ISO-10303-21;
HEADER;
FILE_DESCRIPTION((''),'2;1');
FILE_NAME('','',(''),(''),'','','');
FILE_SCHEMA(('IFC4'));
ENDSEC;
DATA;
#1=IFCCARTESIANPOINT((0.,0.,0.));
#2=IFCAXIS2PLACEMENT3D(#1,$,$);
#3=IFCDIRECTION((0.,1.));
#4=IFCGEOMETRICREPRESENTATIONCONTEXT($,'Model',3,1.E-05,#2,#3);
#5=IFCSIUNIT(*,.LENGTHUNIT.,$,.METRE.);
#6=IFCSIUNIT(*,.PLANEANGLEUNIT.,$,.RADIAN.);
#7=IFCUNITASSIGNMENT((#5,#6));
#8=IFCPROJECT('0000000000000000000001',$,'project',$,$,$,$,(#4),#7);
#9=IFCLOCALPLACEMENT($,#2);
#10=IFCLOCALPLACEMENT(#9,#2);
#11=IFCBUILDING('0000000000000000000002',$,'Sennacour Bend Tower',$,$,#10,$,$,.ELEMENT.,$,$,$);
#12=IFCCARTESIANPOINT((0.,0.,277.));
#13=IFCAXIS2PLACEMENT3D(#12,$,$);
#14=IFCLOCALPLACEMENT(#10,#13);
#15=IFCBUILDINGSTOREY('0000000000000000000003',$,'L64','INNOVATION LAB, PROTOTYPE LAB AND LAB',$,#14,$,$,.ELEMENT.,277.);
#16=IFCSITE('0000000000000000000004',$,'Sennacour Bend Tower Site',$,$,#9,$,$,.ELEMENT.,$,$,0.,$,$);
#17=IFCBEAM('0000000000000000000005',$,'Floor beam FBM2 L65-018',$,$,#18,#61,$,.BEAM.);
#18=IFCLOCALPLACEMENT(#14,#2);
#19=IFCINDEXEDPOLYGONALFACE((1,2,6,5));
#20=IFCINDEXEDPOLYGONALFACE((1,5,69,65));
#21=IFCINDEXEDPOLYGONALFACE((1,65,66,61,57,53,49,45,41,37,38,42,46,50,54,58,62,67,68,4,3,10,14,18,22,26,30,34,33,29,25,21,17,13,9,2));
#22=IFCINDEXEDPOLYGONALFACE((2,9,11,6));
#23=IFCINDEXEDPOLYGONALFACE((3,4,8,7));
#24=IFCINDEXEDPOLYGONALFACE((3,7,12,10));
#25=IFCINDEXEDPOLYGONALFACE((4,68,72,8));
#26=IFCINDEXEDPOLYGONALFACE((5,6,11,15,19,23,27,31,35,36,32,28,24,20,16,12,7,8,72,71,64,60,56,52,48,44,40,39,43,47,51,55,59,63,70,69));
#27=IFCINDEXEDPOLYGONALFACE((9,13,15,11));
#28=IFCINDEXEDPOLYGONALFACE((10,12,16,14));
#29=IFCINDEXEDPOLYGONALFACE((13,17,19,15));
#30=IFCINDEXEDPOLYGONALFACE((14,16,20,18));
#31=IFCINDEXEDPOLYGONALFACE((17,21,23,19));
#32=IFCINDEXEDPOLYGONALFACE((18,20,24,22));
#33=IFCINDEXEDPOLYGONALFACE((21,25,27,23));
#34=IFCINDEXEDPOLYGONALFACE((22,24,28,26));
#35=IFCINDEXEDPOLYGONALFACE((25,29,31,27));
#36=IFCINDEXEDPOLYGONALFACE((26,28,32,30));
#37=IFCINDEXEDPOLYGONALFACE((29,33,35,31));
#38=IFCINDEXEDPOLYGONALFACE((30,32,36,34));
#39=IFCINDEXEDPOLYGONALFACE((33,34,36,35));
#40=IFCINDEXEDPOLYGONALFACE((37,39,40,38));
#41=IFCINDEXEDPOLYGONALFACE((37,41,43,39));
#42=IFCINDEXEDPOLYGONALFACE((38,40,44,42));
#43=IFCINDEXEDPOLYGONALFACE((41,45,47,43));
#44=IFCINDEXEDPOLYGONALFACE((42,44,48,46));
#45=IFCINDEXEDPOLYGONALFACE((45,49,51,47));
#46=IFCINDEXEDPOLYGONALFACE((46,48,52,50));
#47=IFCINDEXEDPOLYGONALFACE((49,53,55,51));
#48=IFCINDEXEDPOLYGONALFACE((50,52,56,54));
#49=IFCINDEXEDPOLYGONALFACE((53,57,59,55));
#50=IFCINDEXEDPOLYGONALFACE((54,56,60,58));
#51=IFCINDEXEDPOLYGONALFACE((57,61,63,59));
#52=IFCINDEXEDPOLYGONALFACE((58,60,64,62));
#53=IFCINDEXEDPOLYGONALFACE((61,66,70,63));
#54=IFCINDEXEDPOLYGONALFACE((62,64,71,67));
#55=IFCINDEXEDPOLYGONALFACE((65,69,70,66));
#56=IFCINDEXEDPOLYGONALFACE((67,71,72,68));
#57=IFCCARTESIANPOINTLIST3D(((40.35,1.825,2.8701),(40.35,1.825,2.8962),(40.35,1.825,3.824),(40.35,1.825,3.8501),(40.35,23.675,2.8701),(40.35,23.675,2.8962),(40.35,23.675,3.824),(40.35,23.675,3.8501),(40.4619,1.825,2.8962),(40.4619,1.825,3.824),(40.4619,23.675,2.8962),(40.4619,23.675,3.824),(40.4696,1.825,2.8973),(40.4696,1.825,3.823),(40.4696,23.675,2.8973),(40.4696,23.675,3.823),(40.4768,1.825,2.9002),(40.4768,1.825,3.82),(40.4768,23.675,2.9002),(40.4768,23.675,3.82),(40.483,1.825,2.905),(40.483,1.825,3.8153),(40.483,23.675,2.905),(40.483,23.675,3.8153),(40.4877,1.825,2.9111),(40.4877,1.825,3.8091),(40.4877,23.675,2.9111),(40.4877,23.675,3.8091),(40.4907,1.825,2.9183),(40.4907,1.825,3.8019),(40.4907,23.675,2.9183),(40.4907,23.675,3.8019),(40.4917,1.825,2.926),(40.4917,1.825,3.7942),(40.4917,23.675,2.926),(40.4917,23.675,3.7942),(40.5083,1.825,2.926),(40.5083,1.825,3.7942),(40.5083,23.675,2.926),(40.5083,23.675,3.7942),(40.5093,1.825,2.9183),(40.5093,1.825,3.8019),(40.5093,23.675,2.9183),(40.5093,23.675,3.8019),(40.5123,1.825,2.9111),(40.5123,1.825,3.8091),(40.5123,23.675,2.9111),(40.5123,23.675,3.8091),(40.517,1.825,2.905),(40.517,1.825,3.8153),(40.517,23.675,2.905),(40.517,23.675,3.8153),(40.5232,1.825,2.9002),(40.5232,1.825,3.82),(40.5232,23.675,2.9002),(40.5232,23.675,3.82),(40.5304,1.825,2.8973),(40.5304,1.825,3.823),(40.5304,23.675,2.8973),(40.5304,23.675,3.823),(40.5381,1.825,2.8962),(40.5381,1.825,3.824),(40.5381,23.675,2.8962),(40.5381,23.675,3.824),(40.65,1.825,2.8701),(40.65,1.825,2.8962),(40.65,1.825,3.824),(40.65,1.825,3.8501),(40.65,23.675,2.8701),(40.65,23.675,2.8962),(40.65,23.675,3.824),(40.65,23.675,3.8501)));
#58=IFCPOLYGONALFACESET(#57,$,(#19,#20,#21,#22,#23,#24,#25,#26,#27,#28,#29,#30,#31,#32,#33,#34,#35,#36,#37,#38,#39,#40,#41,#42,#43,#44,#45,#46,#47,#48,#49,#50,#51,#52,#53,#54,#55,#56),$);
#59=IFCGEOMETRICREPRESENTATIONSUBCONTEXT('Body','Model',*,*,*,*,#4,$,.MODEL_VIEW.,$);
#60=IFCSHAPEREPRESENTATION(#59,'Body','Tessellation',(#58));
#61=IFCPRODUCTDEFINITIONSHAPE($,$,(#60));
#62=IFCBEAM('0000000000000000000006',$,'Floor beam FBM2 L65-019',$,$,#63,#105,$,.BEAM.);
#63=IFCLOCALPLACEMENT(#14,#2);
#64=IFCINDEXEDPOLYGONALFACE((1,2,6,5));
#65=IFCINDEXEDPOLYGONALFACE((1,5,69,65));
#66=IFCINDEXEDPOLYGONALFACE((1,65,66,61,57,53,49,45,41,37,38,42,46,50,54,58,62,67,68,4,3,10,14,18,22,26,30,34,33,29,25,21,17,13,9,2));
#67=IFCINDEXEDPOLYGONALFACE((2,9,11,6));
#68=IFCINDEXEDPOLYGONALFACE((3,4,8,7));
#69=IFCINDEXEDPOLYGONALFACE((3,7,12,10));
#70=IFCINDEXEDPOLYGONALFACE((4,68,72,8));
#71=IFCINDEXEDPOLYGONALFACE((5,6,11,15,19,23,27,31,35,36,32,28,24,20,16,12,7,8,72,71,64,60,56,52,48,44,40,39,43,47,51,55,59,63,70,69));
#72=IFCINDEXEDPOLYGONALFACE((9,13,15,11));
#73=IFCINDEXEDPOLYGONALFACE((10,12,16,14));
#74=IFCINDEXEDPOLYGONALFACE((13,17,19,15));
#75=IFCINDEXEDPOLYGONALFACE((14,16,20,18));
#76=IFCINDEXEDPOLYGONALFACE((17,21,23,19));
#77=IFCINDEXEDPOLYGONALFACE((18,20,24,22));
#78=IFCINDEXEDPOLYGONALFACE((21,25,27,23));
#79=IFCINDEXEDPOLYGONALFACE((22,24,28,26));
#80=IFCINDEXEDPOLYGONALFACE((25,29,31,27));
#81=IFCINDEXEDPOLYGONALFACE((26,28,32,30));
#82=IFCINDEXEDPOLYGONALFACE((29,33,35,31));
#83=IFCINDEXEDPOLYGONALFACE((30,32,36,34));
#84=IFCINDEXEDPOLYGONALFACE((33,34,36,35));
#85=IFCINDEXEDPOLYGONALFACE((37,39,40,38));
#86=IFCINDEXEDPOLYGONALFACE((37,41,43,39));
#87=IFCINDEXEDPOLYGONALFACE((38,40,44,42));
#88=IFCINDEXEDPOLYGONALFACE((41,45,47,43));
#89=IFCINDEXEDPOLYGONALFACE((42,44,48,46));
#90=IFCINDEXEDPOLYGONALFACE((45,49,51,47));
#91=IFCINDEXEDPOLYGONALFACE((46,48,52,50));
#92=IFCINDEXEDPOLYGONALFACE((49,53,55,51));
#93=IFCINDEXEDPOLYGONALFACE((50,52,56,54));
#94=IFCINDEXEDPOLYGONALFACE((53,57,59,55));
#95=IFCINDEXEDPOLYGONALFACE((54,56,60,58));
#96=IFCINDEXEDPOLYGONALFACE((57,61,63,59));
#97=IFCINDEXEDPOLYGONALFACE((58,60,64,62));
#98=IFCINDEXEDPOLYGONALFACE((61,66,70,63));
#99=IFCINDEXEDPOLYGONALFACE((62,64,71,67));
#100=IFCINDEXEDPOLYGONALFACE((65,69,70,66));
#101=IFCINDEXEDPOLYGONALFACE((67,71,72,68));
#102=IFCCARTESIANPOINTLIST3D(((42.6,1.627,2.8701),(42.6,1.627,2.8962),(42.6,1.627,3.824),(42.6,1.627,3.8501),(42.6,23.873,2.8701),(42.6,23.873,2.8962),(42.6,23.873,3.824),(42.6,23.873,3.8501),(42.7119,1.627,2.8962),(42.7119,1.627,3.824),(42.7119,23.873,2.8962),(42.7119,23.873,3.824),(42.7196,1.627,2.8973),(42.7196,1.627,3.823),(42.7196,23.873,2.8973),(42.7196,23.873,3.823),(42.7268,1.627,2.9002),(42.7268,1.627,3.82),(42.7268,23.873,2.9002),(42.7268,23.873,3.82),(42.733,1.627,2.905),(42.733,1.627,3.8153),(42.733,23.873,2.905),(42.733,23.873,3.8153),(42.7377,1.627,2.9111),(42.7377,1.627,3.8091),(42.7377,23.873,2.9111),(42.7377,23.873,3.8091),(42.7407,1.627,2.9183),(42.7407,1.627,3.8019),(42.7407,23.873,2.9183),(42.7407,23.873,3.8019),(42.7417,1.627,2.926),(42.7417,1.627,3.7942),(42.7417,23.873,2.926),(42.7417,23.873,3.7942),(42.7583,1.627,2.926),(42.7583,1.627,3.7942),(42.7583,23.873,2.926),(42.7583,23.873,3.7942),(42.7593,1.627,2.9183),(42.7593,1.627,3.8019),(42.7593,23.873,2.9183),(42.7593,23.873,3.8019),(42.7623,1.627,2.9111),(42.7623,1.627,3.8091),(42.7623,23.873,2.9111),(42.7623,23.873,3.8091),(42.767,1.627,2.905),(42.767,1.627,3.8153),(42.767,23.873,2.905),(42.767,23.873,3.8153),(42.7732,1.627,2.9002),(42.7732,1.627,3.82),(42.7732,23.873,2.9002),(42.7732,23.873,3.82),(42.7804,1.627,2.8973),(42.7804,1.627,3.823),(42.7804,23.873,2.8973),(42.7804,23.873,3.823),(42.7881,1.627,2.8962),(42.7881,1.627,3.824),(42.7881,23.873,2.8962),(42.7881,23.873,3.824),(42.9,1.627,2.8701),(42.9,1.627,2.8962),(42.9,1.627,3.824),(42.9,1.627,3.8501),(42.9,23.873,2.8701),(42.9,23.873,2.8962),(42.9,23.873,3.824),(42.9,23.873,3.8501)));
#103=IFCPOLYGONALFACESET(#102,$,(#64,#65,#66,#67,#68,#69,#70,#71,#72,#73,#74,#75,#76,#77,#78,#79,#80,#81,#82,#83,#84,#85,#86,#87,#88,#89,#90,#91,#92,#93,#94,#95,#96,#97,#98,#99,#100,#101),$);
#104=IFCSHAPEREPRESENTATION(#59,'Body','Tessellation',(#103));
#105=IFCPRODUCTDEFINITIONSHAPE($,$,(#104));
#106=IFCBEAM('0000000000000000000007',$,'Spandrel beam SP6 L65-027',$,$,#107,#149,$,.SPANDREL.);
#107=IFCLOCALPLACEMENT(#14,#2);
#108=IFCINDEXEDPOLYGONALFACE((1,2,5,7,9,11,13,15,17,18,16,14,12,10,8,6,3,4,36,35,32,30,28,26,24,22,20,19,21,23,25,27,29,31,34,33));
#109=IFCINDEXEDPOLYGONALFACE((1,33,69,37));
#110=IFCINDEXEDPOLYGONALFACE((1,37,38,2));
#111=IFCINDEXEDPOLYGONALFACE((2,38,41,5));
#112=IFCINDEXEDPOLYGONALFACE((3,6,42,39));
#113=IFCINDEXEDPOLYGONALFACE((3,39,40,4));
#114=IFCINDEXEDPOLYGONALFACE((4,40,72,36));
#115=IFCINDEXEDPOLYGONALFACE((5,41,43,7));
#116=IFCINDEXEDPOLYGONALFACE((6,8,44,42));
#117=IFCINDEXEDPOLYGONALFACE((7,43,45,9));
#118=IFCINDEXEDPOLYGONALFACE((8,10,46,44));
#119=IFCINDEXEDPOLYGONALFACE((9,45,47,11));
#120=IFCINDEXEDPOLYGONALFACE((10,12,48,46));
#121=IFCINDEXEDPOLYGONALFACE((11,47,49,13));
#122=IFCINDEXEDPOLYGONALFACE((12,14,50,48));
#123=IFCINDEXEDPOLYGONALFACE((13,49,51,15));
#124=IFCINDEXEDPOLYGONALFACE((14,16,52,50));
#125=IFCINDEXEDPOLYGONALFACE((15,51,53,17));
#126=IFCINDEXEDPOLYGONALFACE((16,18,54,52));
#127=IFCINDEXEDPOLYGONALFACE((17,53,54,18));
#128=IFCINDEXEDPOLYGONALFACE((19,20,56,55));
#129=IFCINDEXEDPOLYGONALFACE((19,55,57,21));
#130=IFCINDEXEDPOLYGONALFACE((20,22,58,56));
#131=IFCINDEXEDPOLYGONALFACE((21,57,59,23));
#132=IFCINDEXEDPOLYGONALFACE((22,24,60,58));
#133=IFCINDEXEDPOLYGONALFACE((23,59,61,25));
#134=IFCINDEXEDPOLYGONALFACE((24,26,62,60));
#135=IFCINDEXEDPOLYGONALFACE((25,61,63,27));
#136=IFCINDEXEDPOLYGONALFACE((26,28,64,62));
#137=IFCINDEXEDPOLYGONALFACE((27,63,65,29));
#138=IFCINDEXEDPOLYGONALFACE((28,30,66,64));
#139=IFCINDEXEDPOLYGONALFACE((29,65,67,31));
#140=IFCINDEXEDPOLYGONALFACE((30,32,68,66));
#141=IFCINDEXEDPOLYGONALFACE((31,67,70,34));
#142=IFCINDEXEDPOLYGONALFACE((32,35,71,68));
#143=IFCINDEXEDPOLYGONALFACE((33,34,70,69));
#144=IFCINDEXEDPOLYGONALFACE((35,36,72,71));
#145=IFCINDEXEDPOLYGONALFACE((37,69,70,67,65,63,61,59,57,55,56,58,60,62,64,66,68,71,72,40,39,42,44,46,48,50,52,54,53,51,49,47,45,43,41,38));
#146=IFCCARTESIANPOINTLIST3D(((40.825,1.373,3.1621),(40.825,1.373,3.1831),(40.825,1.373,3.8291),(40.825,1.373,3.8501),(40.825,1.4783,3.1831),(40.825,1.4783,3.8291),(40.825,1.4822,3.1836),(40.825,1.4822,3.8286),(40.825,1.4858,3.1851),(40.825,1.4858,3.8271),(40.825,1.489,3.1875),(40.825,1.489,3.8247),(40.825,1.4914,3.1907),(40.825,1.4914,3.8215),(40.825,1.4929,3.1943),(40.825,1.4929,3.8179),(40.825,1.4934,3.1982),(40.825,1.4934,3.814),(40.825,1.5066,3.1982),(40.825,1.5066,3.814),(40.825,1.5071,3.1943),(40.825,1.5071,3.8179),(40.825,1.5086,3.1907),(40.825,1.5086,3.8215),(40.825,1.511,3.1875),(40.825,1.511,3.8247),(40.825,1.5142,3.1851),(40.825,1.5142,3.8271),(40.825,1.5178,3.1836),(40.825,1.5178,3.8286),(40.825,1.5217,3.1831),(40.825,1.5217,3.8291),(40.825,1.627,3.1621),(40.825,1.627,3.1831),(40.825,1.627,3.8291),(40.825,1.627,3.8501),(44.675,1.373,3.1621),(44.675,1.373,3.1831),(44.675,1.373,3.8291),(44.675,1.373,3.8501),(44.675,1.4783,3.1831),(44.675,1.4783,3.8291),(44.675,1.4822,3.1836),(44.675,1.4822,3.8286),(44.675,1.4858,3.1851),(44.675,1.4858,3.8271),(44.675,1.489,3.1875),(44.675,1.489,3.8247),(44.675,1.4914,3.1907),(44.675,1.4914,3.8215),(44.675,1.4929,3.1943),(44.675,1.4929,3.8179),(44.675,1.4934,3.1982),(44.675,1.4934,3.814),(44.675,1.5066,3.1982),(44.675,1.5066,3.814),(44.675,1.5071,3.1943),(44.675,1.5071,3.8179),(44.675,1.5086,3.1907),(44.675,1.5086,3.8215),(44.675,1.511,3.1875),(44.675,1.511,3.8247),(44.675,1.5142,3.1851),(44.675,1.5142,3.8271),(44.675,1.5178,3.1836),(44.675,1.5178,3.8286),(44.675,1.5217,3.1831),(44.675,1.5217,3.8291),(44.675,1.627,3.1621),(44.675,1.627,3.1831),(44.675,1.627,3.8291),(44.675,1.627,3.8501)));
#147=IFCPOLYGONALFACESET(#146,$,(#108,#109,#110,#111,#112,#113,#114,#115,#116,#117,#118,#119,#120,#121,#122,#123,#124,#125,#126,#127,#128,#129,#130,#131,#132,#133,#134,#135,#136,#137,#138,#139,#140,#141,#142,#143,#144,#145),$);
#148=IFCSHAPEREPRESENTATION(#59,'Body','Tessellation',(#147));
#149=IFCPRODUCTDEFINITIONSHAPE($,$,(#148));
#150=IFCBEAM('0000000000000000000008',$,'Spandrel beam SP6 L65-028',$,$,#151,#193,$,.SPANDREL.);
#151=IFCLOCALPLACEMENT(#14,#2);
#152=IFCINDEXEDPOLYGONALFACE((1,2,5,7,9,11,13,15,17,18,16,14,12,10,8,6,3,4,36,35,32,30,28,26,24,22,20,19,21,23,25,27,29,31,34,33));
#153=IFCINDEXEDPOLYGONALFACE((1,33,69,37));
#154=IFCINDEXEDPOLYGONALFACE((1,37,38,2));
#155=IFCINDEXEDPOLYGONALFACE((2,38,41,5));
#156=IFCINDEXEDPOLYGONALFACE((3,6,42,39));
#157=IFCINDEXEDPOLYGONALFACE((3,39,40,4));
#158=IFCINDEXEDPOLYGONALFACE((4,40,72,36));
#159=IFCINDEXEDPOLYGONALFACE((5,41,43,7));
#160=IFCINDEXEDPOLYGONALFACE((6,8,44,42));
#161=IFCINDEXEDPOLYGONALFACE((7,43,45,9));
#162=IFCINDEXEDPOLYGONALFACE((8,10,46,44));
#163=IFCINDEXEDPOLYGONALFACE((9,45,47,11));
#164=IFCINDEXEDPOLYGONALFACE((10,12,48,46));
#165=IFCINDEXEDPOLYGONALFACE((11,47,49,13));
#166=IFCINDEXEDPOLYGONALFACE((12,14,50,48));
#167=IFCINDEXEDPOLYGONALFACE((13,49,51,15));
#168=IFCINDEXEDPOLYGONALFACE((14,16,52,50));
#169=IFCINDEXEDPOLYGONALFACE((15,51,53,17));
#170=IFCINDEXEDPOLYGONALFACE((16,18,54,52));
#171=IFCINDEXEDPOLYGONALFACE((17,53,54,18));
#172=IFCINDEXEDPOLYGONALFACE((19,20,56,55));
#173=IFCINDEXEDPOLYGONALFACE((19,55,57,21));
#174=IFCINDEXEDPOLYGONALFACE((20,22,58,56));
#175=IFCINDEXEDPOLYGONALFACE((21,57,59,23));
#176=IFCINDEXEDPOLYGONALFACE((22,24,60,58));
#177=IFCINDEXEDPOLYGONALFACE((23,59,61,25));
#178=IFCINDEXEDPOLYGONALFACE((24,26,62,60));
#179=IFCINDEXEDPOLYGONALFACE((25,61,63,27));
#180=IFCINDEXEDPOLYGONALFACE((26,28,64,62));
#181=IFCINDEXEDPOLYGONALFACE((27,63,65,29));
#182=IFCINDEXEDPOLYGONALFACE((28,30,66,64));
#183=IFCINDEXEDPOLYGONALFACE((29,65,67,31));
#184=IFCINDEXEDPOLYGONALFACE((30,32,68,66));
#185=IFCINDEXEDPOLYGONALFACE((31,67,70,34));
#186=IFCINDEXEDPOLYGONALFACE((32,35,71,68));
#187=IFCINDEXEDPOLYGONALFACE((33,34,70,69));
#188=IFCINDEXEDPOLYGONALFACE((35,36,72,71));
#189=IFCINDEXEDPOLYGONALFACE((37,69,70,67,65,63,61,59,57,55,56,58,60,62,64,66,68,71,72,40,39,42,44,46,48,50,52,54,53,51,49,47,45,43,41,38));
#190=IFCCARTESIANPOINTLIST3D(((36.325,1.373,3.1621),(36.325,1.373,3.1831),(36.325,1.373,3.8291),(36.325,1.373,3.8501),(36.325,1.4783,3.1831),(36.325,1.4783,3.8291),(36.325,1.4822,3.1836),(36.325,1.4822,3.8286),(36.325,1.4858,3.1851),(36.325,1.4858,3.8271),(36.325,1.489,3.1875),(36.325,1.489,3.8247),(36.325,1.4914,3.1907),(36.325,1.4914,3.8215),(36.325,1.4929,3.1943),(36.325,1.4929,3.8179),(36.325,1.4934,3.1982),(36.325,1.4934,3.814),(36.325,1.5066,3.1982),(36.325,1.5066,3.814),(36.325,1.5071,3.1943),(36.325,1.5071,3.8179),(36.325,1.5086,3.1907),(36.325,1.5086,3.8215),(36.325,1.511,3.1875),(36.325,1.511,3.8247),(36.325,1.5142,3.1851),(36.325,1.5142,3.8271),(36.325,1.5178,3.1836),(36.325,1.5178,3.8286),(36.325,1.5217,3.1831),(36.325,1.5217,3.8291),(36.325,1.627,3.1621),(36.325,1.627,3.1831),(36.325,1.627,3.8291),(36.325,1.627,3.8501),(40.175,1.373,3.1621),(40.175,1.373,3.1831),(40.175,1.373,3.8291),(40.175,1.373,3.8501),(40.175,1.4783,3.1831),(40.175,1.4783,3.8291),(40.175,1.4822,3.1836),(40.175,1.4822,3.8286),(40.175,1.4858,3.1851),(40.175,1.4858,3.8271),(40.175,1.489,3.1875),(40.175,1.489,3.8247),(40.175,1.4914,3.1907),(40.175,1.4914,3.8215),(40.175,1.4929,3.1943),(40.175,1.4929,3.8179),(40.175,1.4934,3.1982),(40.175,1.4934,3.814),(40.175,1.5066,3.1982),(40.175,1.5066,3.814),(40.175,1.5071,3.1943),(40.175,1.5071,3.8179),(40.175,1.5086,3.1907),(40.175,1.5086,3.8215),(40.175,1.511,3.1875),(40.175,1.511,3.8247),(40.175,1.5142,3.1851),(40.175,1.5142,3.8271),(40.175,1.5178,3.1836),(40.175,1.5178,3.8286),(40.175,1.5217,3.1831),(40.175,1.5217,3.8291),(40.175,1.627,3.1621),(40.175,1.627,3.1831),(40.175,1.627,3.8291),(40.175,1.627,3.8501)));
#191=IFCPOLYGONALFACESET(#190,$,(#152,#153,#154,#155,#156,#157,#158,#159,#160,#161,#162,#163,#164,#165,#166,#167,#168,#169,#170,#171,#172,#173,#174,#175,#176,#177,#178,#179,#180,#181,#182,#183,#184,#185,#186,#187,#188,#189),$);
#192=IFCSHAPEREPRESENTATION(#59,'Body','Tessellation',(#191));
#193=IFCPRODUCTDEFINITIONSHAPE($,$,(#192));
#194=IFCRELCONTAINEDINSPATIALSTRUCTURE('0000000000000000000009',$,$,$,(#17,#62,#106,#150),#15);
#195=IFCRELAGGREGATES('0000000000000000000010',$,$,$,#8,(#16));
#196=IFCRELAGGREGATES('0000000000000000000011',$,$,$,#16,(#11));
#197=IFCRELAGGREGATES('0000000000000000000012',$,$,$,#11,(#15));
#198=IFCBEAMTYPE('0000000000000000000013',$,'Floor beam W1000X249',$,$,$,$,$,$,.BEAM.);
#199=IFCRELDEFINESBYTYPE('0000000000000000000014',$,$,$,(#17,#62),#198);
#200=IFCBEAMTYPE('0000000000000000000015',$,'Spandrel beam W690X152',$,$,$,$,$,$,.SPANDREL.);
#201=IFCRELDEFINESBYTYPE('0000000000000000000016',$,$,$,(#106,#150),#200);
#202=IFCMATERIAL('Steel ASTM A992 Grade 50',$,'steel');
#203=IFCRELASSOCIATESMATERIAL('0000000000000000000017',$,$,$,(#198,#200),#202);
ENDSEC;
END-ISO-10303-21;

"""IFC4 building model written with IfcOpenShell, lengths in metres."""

from ifc_helpers import new_model, si_unit, direction, frame, origin, origin_2d, place, context, subcontext, project, spatial, i_section, extrude, material, material_profile, profile_set, type_object, element, save


model = new_model("IFC4")

# Units and contexts
model_context = context("Model", 3, precision=1e-05, world=origin(), true_north=direction((0.0, 1.0)))
body_context = subcontext(model_context, "Body", "Model", "MODEL_VIEW")
ifc_project = project(units=[si_unit("LENGTHUNIT", "METRE"), si_unit("PLANEANGLEUNIT", "RADIAN")], contexts=[model_context])

# Site, building, storey
site_placement = place(None, origin())
site = spatial("IfcSite", under=ifc_project, at=site_placement, Name="Sennacour Bend Tower Site", CompositionType="ELEMENT", RefElevation=0.0)
building_placement = place(site_placement, origin())
building = spatial("IfcBuilding", under=site, at=building_placement, Name="Sennacour Bend Tower", CompositionType="ELEMENT")
storey_placement = place(building_placement, frame((0.0, 0.0, 277.0)))
storey = spatial("IfcBuildingStorey", under=building, at=storey_placement, Name="L64", Description="INNOVATION LAB, PROTOTYPE LAB AND LAB", CompositionType="ELEMENT", Elevation=277.0)

# Beams
ifc_material_1 = material(Name="Steel ASTM A992 Grade 50", Category="steel")
ifc_material_profile_1 = material_profile(ifc_material_1, i_section(OverallWidth=0.3, OverallDepth=0.98, WebThickness=0.0166, FlangeThickness=0.0261, FilletRadius=0.0298, at=origin_2d()), Name="Steel ASTM A992 Grade 50", Category="steel")
ifc_profile_set_1 = profile_set([ifc_material_profile_1], Name="Steel ASTM A992 Grade 50")
beam_type_1 = type_object("IfcBeamType", Name="Floor beam W1000X249", PredefinedType="BEAM", material=ifc_profile_set_1)
beam_1_placement = place(storey_placement, frame((40.5, 1.825, 3.3601), z_axis=(0.0, 1.0, 0.0), x_axis=(-1.0, 0.0, 0.0)))
element("IfcBeam", 1, at=beam_1_placement, inside=storey, type_object=beam_type_1, Name="Floor beam FBM2 L65-018", PredefinedType="BEAM", context=body_context, shape_type="SweptSolid", body=[
    extrude(i_section(OverallWidth=0.3, OverallDepth=0.98, WebThickness=0.0166, FlangeThickness=0.0261, FilletRadius=0.0298, at=origin_2d()), origin(), (0.0, 0.0, 1.0), 21.8501),
])
beam_2_placement = place(storey_placement, frame((42.75, 1.627, 3.3601), z_axis=(0.0, 1.0, 0.0), x_axis=(-1.0, 0.0, 0.0)))
element("IfcBeam", 2, at=beam_2_placement, inside=storey, type_object=beam_type_1, Name="Floor beam FBM2 L65-019", PredefinedType="BEAM", context=body_context, shape_type="SweptSolid", body=[
    extrude(i_section(OverallWidth=0.3, OverallDepth=0.98, WebThickness=0.0166, FlangeThickness=0.0261, FilletRadius=0.0298, at=origin_2d()), origin(), (0.0, 0.0, 1.0), 22.2461),
])
ifc_material_profile_2 = material_profile(ifc_material_1, i_section(OverallWidth=0.2539, OverallDepth=0.688, WebThickness=0.0132, FlangeThickness=0.021, FilletRadius=0.0151, at=origin_2d()), Name="Steel ASTM A992 Grade 50", Category="steel")
ifc_profile_set_2 = profile_set([ifc_material_profile_2], Name="Steel ASTM A992 Grade 50")
beam_type_2 = type_object("IfcBeamType", Name="Spandrel beam W690X152", PredefinedType="SPANDREL", material=ifc_profile_set_2)
for number, where, z_axis, x_axis, name in (
    (3, (44.675, 1.5, 3.5061), (-1.0, 0.0, 0.0), (0.0, -1.0, 0.0), "Spandrel beam SP6 L65-027"),
    (4, (40.175, 1.5, 3.5061), (-1.0, 0.0, 0.0), (0.0, -1.0, 0.0), "Spandrel beam SP6 L65-028"),
):
    element("IfcBeam", number, at=place(storey_placement, frame(where, z_axis=z_axis, x_axis=x_axis)), inside=storey, type_object=beam_type_2, Name=name, PredefinedType="SPANDREL", context=body_context, shape_type="SweptSolid", body=[
        extrude(i_section(OverallWidth=0.2539, OverallDepth=0.688, WebThickness=0.0132, FlangeThickness=0.021, FilletRadius=0.0151, at=origin_2d()), origin(), (0.0, 0.0, 1.0), 3.8501),
    ])

save(model, "model.ifc")
